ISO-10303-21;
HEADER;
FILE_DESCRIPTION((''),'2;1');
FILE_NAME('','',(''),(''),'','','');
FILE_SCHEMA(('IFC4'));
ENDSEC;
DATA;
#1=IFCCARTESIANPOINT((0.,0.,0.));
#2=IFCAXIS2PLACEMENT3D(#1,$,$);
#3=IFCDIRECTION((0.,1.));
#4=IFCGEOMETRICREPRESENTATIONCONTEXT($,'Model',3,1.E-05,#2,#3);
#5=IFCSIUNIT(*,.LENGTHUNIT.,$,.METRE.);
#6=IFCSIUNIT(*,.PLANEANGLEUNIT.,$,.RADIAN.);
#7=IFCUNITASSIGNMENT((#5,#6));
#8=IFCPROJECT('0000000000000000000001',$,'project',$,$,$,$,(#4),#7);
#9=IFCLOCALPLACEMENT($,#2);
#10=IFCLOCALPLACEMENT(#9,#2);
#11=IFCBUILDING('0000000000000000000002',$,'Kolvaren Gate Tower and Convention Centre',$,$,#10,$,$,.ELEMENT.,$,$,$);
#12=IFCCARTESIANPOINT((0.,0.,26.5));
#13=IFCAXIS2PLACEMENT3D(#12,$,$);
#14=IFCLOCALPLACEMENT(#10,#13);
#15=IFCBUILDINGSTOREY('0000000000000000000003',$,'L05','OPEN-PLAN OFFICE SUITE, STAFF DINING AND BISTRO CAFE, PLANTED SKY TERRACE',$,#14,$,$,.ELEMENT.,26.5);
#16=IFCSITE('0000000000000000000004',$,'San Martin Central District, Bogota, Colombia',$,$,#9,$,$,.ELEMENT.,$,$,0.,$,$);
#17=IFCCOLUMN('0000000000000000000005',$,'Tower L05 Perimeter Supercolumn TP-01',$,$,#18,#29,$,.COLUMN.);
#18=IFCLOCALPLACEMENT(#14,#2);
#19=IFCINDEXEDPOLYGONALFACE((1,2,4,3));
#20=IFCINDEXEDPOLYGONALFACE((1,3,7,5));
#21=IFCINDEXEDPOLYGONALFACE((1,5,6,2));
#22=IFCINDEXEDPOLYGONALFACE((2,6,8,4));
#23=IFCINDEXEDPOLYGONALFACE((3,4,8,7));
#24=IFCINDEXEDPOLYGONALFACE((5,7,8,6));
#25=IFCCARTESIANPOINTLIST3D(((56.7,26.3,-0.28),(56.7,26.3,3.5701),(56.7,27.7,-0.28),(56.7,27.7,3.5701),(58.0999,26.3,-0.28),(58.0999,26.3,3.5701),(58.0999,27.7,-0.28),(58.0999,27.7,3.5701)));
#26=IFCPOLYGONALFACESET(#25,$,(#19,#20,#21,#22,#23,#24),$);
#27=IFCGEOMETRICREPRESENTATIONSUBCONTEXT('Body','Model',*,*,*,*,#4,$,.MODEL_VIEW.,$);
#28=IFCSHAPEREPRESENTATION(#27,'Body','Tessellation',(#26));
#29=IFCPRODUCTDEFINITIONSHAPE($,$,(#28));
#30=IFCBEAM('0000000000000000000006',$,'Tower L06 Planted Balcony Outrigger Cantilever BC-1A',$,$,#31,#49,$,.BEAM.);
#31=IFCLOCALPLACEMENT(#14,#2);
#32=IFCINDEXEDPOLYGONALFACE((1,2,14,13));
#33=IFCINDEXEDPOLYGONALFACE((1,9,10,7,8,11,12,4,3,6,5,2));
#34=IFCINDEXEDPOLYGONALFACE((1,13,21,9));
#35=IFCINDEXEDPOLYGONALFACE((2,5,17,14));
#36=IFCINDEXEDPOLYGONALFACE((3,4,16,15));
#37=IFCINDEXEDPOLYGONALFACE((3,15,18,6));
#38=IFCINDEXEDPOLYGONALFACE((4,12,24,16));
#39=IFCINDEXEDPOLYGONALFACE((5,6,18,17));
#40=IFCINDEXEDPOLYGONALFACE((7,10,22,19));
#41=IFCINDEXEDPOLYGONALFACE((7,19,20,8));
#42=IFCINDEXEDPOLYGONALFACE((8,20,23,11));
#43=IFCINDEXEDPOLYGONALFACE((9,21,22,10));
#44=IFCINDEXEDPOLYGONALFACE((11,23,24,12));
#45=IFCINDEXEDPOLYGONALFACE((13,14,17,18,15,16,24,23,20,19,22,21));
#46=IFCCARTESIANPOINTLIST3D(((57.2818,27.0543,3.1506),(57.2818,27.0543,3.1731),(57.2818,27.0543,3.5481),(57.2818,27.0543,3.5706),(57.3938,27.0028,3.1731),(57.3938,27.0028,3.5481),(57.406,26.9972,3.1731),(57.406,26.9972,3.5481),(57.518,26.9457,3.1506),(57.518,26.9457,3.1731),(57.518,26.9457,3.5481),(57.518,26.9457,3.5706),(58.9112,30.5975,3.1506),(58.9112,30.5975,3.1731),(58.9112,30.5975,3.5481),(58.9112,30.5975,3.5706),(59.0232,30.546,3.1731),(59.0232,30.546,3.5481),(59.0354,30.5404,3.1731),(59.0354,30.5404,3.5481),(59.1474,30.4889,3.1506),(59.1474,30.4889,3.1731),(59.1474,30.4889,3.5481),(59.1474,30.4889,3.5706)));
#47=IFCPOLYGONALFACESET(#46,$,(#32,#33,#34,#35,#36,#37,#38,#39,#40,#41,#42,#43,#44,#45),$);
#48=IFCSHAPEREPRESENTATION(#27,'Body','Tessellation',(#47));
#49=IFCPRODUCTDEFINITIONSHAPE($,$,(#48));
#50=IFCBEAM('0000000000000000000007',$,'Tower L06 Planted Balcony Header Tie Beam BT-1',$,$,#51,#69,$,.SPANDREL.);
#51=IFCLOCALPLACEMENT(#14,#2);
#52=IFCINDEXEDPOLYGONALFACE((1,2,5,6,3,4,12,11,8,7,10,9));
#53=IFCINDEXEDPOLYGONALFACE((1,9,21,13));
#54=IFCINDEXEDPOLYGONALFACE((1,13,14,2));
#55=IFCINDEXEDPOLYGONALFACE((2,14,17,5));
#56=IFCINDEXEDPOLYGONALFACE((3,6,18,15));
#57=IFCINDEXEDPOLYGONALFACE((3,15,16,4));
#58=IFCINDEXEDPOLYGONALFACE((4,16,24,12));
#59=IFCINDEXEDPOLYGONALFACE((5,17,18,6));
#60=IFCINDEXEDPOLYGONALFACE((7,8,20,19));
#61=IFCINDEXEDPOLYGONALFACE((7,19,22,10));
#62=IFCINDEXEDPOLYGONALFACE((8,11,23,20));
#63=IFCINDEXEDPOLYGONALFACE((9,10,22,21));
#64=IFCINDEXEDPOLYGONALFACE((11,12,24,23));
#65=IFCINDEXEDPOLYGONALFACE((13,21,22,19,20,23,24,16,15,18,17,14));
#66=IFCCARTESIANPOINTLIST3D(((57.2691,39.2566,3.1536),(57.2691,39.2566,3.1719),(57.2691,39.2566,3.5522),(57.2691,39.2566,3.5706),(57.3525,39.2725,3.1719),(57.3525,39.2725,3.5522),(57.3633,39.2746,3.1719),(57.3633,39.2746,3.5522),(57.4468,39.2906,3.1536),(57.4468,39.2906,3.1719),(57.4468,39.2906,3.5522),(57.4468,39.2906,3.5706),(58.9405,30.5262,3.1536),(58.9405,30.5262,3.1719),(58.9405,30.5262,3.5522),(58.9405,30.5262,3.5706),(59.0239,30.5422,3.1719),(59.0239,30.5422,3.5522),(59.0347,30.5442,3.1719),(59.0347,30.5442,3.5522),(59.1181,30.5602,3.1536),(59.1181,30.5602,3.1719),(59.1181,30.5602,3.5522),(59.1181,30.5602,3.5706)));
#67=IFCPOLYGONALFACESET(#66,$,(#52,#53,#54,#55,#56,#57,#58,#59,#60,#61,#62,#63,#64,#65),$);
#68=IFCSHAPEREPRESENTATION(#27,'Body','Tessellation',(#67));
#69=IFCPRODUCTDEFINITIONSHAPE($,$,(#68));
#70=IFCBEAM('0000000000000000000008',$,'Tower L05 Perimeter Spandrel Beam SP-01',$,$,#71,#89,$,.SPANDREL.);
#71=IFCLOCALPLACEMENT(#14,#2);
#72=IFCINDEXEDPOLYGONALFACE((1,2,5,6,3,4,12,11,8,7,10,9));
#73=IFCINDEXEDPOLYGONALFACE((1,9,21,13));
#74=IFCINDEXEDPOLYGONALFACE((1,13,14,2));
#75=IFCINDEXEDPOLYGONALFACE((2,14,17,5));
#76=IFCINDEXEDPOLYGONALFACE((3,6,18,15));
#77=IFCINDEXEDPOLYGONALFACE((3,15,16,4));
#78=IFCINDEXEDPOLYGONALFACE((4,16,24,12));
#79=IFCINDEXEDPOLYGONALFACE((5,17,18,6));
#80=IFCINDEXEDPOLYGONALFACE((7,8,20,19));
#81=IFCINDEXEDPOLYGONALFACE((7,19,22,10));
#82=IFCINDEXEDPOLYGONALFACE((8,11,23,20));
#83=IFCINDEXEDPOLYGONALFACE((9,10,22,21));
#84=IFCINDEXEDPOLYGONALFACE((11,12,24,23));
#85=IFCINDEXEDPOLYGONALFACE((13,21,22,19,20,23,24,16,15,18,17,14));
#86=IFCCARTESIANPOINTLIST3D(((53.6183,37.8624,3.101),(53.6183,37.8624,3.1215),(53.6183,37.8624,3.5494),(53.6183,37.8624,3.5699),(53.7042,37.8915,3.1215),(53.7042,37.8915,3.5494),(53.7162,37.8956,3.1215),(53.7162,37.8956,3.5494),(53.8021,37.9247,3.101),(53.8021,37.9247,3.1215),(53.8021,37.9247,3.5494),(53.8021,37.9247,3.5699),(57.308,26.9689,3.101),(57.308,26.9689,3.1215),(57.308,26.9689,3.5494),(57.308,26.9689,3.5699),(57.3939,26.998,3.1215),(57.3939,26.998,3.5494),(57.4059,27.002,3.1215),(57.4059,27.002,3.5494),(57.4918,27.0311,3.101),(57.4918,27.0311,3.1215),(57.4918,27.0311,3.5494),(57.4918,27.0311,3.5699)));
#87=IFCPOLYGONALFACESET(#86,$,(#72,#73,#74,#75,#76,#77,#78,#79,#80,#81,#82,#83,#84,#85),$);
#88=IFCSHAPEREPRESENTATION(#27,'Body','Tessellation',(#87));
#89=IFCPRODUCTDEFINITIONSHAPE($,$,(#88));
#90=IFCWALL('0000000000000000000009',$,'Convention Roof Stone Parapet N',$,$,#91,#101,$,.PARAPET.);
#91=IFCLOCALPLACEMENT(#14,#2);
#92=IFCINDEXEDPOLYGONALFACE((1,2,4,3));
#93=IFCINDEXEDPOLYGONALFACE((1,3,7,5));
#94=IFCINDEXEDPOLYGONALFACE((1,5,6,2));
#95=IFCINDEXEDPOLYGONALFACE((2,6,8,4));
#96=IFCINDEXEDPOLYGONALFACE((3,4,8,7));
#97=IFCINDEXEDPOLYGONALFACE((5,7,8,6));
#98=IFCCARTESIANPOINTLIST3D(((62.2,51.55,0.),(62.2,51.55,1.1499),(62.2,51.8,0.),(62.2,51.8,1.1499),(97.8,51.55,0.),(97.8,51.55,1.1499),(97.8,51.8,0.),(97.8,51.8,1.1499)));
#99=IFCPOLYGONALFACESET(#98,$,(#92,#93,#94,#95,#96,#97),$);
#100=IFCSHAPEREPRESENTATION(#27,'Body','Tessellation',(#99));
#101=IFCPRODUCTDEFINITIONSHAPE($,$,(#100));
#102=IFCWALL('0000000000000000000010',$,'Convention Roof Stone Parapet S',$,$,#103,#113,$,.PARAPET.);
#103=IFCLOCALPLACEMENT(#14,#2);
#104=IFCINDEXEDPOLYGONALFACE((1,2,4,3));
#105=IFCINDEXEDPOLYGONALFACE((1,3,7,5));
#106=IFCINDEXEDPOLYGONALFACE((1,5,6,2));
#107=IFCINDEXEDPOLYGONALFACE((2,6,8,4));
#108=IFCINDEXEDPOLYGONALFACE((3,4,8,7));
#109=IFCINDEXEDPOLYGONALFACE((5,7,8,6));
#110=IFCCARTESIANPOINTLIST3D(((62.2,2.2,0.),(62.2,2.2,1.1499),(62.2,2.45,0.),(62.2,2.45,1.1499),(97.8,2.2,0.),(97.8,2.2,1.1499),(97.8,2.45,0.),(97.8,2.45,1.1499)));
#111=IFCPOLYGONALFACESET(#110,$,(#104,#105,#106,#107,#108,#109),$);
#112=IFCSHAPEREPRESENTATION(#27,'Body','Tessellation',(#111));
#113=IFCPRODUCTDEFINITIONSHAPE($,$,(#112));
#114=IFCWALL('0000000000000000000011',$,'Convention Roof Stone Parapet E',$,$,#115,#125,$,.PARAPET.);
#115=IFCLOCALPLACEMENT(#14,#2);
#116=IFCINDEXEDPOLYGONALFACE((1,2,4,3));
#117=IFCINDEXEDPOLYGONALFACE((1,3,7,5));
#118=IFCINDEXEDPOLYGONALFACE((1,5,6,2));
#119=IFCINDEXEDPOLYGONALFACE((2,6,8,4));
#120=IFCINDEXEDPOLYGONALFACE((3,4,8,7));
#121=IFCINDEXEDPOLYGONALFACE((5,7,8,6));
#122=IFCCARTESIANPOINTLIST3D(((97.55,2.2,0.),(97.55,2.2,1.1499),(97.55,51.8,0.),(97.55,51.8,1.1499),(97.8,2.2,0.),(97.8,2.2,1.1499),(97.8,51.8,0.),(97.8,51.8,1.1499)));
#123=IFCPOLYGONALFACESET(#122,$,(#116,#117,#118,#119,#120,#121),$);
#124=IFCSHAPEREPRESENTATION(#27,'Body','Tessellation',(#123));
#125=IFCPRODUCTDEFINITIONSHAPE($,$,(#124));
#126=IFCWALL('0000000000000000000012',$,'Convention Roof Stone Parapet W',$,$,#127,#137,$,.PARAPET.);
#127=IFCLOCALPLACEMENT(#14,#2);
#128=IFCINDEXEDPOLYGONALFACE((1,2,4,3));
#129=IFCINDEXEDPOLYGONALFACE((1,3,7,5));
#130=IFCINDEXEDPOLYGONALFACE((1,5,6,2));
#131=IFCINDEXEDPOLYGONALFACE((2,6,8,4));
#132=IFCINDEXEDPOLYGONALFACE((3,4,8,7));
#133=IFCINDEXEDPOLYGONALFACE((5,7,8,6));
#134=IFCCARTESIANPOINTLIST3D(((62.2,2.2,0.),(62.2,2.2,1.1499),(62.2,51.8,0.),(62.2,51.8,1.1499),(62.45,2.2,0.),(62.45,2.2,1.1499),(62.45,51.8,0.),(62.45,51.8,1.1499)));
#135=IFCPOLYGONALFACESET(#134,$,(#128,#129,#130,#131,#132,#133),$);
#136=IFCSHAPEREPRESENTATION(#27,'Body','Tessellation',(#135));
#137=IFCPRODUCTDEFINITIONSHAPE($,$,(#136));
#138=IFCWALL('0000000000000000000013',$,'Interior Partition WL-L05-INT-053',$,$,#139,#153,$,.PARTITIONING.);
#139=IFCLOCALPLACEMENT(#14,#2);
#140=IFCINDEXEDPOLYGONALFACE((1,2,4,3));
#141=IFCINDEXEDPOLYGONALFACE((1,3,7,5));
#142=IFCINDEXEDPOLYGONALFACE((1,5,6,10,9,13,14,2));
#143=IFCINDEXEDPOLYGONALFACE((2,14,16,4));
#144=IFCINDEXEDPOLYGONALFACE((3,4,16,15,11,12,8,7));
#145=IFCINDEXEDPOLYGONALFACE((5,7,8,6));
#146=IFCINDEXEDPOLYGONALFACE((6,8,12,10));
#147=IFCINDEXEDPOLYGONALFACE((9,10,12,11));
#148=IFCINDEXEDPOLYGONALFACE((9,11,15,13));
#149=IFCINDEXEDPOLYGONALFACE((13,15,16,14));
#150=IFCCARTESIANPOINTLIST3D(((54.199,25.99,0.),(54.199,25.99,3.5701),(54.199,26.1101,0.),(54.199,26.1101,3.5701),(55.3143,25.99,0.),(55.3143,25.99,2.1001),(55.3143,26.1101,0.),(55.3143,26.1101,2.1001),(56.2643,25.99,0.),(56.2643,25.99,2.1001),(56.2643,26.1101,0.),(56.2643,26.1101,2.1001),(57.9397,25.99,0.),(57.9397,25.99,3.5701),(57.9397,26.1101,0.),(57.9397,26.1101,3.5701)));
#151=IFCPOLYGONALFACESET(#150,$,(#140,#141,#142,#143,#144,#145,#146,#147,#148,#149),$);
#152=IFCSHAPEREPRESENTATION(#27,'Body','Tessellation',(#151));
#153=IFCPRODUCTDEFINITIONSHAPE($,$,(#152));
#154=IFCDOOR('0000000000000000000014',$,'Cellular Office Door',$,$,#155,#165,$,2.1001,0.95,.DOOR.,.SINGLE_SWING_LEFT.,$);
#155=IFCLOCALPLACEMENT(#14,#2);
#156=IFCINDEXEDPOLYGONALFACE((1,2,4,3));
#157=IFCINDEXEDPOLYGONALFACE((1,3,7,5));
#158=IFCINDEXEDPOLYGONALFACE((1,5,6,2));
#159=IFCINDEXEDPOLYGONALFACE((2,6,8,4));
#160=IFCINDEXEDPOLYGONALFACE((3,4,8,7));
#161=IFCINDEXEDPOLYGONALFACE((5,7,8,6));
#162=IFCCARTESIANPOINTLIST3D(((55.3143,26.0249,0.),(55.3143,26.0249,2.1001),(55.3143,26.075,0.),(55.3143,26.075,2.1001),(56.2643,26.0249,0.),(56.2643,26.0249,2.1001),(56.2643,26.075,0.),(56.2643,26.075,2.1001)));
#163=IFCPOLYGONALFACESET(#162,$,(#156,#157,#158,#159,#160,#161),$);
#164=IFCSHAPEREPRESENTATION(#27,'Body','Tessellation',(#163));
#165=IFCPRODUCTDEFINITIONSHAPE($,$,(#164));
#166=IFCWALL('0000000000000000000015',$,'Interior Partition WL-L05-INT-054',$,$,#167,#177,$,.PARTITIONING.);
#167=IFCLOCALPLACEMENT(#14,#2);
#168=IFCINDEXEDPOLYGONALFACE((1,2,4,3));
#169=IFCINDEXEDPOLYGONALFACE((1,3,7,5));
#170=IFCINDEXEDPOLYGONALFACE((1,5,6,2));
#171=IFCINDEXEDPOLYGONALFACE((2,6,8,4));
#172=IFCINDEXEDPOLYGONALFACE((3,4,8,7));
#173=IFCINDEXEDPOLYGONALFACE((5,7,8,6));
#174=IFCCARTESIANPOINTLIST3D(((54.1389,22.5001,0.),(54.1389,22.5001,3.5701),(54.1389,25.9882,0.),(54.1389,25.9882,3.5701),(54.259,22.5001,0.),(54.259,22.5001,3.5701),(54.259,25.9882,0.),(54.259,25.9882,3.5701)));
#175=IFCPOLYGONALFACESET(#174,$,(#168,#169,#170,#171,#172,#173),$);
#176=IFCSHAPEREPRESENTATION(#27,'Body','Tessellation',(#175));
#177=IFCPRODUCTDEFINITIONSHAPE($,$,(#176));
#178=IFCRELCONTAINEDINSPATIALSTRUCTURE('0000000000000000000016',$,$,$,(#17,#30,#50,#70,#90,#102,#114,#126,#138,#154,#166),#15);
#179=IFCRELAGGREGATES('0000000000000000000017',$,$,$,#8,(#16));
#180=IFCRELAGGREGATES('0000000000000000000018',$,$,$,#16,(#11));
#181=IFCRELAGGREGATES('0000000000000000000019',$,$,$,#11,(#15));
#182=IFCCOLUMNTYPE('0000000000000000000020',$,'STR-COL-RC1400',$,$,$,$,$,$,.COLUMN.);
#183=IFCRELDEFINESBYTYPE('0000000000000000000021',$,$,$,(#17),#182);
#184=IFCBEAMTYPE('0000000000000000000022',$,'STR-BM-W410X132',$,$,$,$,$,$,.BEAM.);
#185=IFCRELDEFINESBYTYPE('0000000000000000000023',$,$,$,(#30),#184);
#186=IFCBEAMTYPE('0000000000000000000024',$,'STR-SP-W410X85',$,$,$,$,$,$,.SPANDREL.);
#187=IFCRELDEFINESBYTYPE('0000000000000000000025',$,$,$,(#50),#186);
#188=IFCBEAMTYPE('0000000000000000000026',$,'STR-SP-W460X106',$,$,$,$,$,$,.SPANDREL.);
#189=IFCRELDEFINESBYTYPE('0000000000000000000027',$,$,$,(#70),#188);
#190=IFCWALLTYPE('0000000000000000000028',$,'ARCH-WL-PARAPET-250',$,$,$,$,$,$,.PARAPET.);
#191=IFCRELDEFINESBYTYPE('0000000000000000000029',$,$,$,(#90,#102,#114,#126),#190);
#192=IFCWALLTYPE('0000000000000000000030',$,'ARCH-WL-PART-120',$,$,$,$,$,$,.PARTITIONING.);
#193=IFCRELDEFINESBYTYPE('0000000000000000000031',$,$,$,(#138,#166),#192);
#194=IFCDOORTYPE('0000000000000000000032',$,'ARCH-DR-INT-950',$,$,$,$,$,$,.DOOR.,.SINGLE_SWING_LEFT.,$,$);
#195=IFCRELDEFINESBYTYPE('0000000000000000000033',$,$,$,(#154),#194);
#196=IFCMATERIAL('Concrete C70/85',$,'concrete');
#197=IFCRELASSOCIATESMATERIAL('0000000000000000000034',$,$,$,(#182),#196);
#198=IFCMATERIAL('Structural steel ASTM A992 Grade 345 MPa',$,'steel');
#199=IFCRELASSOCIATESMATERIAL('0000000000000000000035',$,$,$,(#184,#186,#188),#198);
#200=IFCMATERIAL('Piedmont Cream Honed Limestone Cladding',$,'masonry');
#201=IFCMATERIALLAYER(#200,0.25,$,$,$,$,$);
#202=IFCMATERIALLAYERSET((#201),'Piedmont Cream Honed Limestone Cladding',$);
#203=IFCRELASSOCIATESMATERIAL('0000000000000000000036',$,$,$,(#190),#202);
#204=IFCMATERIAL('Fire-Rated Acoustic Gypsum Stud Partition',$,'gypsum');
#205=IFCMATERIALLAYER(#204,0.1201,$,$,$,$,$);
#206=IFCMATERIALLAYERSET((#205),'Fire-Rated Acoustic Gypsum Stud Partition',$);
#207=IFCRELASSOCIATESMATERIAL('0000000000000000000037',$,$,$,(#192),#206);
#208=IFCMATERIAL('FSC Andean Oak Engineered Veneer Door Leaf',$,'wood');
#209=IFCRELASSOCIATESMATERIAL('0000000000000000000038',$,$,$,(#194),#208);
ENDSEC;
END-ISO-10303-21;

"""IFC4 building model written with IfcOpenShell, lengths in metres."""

from ifc_helpers import new_model, si_unit, direction, frame, frame_2d, origin, origin_2d, place, context, subcontext, project, spatial, rectangle, i_section, extrude, material, layer, layer_set, material_profile, profile_set, type_object, element, fill, save


model = new_model("IFC4")

# Units and contexts
model_context = context("Model", 3, precision=1e-05, world=origin(), true_north=direction((0.0, 1.0)))
body_context = subcontext(model_context, "Body", "Model", "MODEL_VIEW")
ifc_project = project(units=[si_unit("LENGTHUNIT", "METRE"), si_unit("PLANEANGLEUNIT", "RADIAN")], contexts=[model_context])

# Site, building, storey
site_placement = place(None, origin())
site = spatial("IfcSite", under=ifc_project, at=site_placement, Name="San Martin Central District, Bogota, Colombia", CompositionType="ELEMENT", RefElevation=0.0)
building_placement = place(site_placement, origin())
building = spatial("IfcBuilding", under=site, at=building_placement, Name="Kolvaren Gate Tower and Convention Centre", CompositionType="ELEMENT")
storey_placement = place(building_placement, frame((0.0, 0.0, 26.5)))
storey = spatial("IfcBuildingStorey", under=building, at=storey_placement, Name="L05", Description="OPEN-PLAN OFFICE SUITE, STAFF DINING AND BISTRO CAFE, PLANTED SKY TERRACE", CompositionType="ELEMENT", Elevation=26.5)

# Column
ifc_material_1 = material(Name="Concrete C70/85", Category="concrete")
ifc_material_profile_1 = material_profile(ifc_material_1, rectangle(XDim=1.3999, YDim=1.3999, at=origin_2d()), Name="RC-COL-1400X1400")
ifc_profile_set_1 = profile_set([ifc_material_profile_1], Name="Concrete C70/85")
column_type = type_object("IfcColumnType", Name="STR-COL-RC1400", PredefinedType="COLUMN", material=ifc_profile_set_1)
column_placement = place(storey_placement, frame((57.3999, 27.0, -0.28), z_axis=(0.0, 0.0, 1.0), x_axis=(1.0, 0.0, 0.0)))
element("IfcColumn", 1, at=column_placement, inside=storey, type_object=column_type, Name="Tower L05 Perimeter Supercolumn TP-01", PredefinedType="COLUMN", context=body_context, shape_type="SweptSolid", body=[
    extrude(rectangle(XDim=1.3999, YDim=1.3999, at=origin_2d()), origin(), (0.0, 0.0, 1.0), 3.8501),
])

# Beams
ifc_material_2 = material(Name="Structural steel ASTM A992 Grade 345 MPa", Category="steel")
ifc_material_profile_2 = material_profile(ifc_material_2, i_section(OverallWidth=0.26, OverallDepth=0.4199, WebThickness=0.0134, FlangeThickness=0.0225, at=origin_2d()), Name="W410X132")
ifc_profile_set_2 = profile_set([ifc_material_profile_2], Name="Structural steel ASTM A992 Grade 345 MPa")
beam_type_1 = type_object("IfcBeamType", Name="STR-BM-W410X132", PredefinedType="BEAM", material=ifc_profile_set_2)
beam_1_placement = place(storey_placement, frame((57.3999, 27.0, 3.3606), z_axis=(0.417803, 0.908538, 0.0), x_axis=(-0.908538, 0.417803, 0.0)))
element("IfcBeam", 2, at=beam_1_placement, inside=storey, type_object=beam_type_1, Name="Tower L06 Planted Balcony Outrigger Cantilever BC-1A", PredefinedType="BEAM", context=body_context, shape_type="SweptSolid", body=[
    extrude(i_section(OverallWidth=0.26, OverallDepth=0.4199, WebThickness=0.0134, FlangeThickness=0.0225, at=origin_2d()), origin(), (0.0, 0.0, 1.0), 3.8999),
])
ifc_material_profile_3 = material_profile(ifc_material_2, i_section(OverallWidth=0.1809, OverallDepth=0.417, WebThickness=0.011, FlangeThickness=0.0183, at=origin_2d()), Name="W410X85")
ifc_profile_set_3 = profile_set([ifc_material_profile_3], Name="Structural steel ASTM A992 Grade 345 MPa")
beam_type_2 = type_object("IfcBeamType", Name="STR-SP-W410X85", PredefinedType="SPANDREL", material=ifc_profile_set_3)
beam_2_placement = place(storey_placement, frame((59.0293, 30.5432, 3.3621), z_axis=(-0.188028, 0.982164, 0.0), x_axis=(-0.982164, -0.188028, 0.0)))
element("IfcBeam", 3, at=beam_2_placement, inside=storey, type_object=beam_type_2, Name="Tower L06 Planted Balcony Header Tie Beam BT-1", PredefinedType="SPANDREL", context=body_context, shape_type="SweptSolid", body=[
    extrude(i_section(OverallWidth=0.1809, OverallDepth=0.417, WebThickness=0.011, FlangeThickness=0.0183, at=origin_2d()), origin(), (0.0, 0.0, 1.0), 8.8889),
])
ifc_material_profile_4 = material_profile(ifc_material_2, i_section(OverallWidth=0.1941, OverallDepth=0.469, WebThickness=0.0127, FlangeThickness=0.0205, at=origin_2d()), Name="W460X106")
ifc_profile_set_4 = profile_set([ifc_material_profile_4], Name="Structural steel ASTM A992 Grade 345 MPa")
beam_type_3 = type_object("IfcBeamType", Name="STR-SP-W460X106", PredefinedType="SPANDREL", material=ifc_profile_set_4)
beam_3_placement = place(storey_placement, frame((57.3999, 27.0, 3.3354), z_axis=(-0.320803, 0.947146, 0.0), x_axis=(-0.947146, -0.320803, 0.0)))
element("IfcBeam", 4, at=beam_3_placement, inside=storey, type_object=beam_type_3, Name="Tower L05 Perimeter Spandrel Beam SP-01", PredefinedType="SPANDREL", context=body_context, shape_type="SweptSolid", body=[
    extrude(i_section(OverallWidth=0.1941, OverallDepth=0.469, WebThickness=0.0127, FlangeThickness=0.0205, at=origin_2d()), origin(), (0.0, 0.0, 1.0), 11.5015),
])

# Walls
ifc_material_3 = material(Name="Piedmont Cream Honed Limestone Cladding", Category="masonry")
ifc_layer_1 = layer(ifc_material_3, 0.25)
ifc_layer_set_1 = layer_set([ifc_layer_1], Name="Piedmont Cream Honed Limestone Cladding")
wall_type_1 = type_object("IfcWallType", Name="ARCH-WL-PARAPET-250", PredefinedType="PARAPET", material=ifc_layer_set_1)
for number, where, z_axis, x_axis, name in (
    (5, (62.2, 51.675, 0.0), (0.0, 0.0, 1.0), (1.0, 0.0, 0.0), "Convention Roof Stone Parapet N"),
    (6, (62.2, 2.325, 0.0), (0.0, 0.0, 1.0), (1.0, 0.0, 0.0), "Convention Roof Stone Parapet S"),
):
    element("IfcWall", number, at=place(storey_placement, frame(where, z_axis=z_axis, x_axis=x_axis)), inside=storey, type_object=wall_type_1, Name=name, PredefinedType="PARAPET", context=body_context, shape_type="SweptSolid", body=[
        extrude(rectangle(XDim=35.6001, YDim=0.25, at=frame_2d((17.8, 0.0))), origin(), (0.0, 0.0, 1.0), 1.1499),
    ])
for number, where, z_axis, x_axis, name in (
    (7, (97.675, 2.2, 0.0), (0.0, 0.0, 1.0), (0.0, 1.0, 0.0), "Convention Roof Stone Parapet E"),
    (8, (62.325, 2.2, 0.0), (0.0, 0.0, 1.0), (0.0, 1.0, 0.0), "Convention Roof Stone Parapet W"),
):
    element("IfcWall", number, at=place(storey_placement, frame(where, z_axis=z_axis, x_axis=x_axis)), inside=storey, type_object=wall_type_1, Name=name, PredefinedType="PARAPET", context=body_context, shape_type="SweptSolid", body=[
        extrude(rectangle(XDim=49.6001, YDim=0.25, at=frame_2d((24.8, 0.0))), origin(), (0.0, 0.0, 1.0), 1.1499),
    ])

# Wall, opening, door
ifc_material_4 = material(Name="Fire-Rated Acoustic Gypsum Stud Partition", Category="gypsum")
ifc_layer_2 = layer(ifc_material_4, 0.1201)
ifc_layer_set_2 = layer_set([ifc_layer_2], Name="Fire-Rated Acoustic Gypsum Stud Partition")
wall_type_2 = type_object("IfcWallType", Name="ARCH-WL-PART-120", PredefinedType="PARTITIONING", material=ifc_layer_set_2)
wall_1_placement = place(storey_placement, frame((54.199, 26.05, 0.0), z_axis=(0.0, 0.0, 1.0), x_axis=(1.0, 0.0, 0.0)))
wall_1 = element("IfcWall", 9, at=wall_1_placement, inside=storey, type_object=wall_type_2, Name="Interior Partition WL-L05-INT-053", PredefinedType="PARTITIONING", context=body_context, shape_type="SweptSolid", body=[
    extrude(rectangle(XDim=3.7407, YDim=0.1201, at=frame_2d((1.8704, 0.0))), origin(), (0.0, 0.0, 1.0), 3.5701),
])
opening_1_placement = place(wall_1_placement, frame((1.1152, 0.0, 0.0)))
opening_1 = element("IfcOpeningElement", 10, at=opening_1_placement, cuts=wall_1, PredefinedType="OPENING", context=body_context, shape_type="SweptSolid", body=[
    extrude(rectangle(XDim=0.95, YDim=2.1001, at=frame_2d((0.4751, 1.05))), frame((0.0, 0.0701, 0.0), z_axis=(0.0, -1.0, 0.0), x_axis=(1.0, 0.0, 0.0)), (0.0, 0.0, 1.0), 0.1401),
])
ifc_material_5 = material(Name="FSC Andean Oak Engineered Veneer Door Leaf", Category="wood")
door_type_1 = type_object("IfcDoorType", Name="ARCH-DR-INT-950", OperationType="SINGLE_SWING_LEFT", PredefinedType="DOOR", material=ifc_material_5)
door_1_placement = place(opening_1_placement, origin())
door_1 = element("IfcDoor", 11, at=door_1_placement, inside=storey, type_object=door_type_1, Name="Cellular Office Door", OperationType="SINGLE_SWING_LEFT", OverallHeight=2.1001, OverallWidth=0.95, PredefinedType="DOOR", context=body_context, shape_type="SweptSolid", body=[
    extrude(rectangle(XDim=0.95, YDim=2.1001, at=frame_2d((0.4751, 1.05))), frame((0.0, 0.0249, 0.0), z_axis=(0.0, -1.0, 0.0), x_axis=(1.0, 0.0, 0.0)), (0.0, 0.0, 1.0), 0.05),
])
fill(opening_1, door_1)

# Wall
wall_2_placement = place(storey_placement, frame((54.199, 22.5, 0.0), z_axis=(0.0, 0.0, 1.0), x_axis=(0.0, 1.0, 0.0)))
element("IfcWall", 12, at=wall_2_placement, inside=storey, type_object=wall_type_2, Name="Interior Partition WL-L05-INT-054", PredefinedType="PARTITIONING", context=body_context, shape_type="SweptSolid", body=[
    extrude(rectangle(XDim=3.488, YDim=0.1201, at=frame_2d((1.7441, 0.0))), origin(), (0.0, 0.0, 1.0), 3.5701),
])

save(model, "model.ifc")
